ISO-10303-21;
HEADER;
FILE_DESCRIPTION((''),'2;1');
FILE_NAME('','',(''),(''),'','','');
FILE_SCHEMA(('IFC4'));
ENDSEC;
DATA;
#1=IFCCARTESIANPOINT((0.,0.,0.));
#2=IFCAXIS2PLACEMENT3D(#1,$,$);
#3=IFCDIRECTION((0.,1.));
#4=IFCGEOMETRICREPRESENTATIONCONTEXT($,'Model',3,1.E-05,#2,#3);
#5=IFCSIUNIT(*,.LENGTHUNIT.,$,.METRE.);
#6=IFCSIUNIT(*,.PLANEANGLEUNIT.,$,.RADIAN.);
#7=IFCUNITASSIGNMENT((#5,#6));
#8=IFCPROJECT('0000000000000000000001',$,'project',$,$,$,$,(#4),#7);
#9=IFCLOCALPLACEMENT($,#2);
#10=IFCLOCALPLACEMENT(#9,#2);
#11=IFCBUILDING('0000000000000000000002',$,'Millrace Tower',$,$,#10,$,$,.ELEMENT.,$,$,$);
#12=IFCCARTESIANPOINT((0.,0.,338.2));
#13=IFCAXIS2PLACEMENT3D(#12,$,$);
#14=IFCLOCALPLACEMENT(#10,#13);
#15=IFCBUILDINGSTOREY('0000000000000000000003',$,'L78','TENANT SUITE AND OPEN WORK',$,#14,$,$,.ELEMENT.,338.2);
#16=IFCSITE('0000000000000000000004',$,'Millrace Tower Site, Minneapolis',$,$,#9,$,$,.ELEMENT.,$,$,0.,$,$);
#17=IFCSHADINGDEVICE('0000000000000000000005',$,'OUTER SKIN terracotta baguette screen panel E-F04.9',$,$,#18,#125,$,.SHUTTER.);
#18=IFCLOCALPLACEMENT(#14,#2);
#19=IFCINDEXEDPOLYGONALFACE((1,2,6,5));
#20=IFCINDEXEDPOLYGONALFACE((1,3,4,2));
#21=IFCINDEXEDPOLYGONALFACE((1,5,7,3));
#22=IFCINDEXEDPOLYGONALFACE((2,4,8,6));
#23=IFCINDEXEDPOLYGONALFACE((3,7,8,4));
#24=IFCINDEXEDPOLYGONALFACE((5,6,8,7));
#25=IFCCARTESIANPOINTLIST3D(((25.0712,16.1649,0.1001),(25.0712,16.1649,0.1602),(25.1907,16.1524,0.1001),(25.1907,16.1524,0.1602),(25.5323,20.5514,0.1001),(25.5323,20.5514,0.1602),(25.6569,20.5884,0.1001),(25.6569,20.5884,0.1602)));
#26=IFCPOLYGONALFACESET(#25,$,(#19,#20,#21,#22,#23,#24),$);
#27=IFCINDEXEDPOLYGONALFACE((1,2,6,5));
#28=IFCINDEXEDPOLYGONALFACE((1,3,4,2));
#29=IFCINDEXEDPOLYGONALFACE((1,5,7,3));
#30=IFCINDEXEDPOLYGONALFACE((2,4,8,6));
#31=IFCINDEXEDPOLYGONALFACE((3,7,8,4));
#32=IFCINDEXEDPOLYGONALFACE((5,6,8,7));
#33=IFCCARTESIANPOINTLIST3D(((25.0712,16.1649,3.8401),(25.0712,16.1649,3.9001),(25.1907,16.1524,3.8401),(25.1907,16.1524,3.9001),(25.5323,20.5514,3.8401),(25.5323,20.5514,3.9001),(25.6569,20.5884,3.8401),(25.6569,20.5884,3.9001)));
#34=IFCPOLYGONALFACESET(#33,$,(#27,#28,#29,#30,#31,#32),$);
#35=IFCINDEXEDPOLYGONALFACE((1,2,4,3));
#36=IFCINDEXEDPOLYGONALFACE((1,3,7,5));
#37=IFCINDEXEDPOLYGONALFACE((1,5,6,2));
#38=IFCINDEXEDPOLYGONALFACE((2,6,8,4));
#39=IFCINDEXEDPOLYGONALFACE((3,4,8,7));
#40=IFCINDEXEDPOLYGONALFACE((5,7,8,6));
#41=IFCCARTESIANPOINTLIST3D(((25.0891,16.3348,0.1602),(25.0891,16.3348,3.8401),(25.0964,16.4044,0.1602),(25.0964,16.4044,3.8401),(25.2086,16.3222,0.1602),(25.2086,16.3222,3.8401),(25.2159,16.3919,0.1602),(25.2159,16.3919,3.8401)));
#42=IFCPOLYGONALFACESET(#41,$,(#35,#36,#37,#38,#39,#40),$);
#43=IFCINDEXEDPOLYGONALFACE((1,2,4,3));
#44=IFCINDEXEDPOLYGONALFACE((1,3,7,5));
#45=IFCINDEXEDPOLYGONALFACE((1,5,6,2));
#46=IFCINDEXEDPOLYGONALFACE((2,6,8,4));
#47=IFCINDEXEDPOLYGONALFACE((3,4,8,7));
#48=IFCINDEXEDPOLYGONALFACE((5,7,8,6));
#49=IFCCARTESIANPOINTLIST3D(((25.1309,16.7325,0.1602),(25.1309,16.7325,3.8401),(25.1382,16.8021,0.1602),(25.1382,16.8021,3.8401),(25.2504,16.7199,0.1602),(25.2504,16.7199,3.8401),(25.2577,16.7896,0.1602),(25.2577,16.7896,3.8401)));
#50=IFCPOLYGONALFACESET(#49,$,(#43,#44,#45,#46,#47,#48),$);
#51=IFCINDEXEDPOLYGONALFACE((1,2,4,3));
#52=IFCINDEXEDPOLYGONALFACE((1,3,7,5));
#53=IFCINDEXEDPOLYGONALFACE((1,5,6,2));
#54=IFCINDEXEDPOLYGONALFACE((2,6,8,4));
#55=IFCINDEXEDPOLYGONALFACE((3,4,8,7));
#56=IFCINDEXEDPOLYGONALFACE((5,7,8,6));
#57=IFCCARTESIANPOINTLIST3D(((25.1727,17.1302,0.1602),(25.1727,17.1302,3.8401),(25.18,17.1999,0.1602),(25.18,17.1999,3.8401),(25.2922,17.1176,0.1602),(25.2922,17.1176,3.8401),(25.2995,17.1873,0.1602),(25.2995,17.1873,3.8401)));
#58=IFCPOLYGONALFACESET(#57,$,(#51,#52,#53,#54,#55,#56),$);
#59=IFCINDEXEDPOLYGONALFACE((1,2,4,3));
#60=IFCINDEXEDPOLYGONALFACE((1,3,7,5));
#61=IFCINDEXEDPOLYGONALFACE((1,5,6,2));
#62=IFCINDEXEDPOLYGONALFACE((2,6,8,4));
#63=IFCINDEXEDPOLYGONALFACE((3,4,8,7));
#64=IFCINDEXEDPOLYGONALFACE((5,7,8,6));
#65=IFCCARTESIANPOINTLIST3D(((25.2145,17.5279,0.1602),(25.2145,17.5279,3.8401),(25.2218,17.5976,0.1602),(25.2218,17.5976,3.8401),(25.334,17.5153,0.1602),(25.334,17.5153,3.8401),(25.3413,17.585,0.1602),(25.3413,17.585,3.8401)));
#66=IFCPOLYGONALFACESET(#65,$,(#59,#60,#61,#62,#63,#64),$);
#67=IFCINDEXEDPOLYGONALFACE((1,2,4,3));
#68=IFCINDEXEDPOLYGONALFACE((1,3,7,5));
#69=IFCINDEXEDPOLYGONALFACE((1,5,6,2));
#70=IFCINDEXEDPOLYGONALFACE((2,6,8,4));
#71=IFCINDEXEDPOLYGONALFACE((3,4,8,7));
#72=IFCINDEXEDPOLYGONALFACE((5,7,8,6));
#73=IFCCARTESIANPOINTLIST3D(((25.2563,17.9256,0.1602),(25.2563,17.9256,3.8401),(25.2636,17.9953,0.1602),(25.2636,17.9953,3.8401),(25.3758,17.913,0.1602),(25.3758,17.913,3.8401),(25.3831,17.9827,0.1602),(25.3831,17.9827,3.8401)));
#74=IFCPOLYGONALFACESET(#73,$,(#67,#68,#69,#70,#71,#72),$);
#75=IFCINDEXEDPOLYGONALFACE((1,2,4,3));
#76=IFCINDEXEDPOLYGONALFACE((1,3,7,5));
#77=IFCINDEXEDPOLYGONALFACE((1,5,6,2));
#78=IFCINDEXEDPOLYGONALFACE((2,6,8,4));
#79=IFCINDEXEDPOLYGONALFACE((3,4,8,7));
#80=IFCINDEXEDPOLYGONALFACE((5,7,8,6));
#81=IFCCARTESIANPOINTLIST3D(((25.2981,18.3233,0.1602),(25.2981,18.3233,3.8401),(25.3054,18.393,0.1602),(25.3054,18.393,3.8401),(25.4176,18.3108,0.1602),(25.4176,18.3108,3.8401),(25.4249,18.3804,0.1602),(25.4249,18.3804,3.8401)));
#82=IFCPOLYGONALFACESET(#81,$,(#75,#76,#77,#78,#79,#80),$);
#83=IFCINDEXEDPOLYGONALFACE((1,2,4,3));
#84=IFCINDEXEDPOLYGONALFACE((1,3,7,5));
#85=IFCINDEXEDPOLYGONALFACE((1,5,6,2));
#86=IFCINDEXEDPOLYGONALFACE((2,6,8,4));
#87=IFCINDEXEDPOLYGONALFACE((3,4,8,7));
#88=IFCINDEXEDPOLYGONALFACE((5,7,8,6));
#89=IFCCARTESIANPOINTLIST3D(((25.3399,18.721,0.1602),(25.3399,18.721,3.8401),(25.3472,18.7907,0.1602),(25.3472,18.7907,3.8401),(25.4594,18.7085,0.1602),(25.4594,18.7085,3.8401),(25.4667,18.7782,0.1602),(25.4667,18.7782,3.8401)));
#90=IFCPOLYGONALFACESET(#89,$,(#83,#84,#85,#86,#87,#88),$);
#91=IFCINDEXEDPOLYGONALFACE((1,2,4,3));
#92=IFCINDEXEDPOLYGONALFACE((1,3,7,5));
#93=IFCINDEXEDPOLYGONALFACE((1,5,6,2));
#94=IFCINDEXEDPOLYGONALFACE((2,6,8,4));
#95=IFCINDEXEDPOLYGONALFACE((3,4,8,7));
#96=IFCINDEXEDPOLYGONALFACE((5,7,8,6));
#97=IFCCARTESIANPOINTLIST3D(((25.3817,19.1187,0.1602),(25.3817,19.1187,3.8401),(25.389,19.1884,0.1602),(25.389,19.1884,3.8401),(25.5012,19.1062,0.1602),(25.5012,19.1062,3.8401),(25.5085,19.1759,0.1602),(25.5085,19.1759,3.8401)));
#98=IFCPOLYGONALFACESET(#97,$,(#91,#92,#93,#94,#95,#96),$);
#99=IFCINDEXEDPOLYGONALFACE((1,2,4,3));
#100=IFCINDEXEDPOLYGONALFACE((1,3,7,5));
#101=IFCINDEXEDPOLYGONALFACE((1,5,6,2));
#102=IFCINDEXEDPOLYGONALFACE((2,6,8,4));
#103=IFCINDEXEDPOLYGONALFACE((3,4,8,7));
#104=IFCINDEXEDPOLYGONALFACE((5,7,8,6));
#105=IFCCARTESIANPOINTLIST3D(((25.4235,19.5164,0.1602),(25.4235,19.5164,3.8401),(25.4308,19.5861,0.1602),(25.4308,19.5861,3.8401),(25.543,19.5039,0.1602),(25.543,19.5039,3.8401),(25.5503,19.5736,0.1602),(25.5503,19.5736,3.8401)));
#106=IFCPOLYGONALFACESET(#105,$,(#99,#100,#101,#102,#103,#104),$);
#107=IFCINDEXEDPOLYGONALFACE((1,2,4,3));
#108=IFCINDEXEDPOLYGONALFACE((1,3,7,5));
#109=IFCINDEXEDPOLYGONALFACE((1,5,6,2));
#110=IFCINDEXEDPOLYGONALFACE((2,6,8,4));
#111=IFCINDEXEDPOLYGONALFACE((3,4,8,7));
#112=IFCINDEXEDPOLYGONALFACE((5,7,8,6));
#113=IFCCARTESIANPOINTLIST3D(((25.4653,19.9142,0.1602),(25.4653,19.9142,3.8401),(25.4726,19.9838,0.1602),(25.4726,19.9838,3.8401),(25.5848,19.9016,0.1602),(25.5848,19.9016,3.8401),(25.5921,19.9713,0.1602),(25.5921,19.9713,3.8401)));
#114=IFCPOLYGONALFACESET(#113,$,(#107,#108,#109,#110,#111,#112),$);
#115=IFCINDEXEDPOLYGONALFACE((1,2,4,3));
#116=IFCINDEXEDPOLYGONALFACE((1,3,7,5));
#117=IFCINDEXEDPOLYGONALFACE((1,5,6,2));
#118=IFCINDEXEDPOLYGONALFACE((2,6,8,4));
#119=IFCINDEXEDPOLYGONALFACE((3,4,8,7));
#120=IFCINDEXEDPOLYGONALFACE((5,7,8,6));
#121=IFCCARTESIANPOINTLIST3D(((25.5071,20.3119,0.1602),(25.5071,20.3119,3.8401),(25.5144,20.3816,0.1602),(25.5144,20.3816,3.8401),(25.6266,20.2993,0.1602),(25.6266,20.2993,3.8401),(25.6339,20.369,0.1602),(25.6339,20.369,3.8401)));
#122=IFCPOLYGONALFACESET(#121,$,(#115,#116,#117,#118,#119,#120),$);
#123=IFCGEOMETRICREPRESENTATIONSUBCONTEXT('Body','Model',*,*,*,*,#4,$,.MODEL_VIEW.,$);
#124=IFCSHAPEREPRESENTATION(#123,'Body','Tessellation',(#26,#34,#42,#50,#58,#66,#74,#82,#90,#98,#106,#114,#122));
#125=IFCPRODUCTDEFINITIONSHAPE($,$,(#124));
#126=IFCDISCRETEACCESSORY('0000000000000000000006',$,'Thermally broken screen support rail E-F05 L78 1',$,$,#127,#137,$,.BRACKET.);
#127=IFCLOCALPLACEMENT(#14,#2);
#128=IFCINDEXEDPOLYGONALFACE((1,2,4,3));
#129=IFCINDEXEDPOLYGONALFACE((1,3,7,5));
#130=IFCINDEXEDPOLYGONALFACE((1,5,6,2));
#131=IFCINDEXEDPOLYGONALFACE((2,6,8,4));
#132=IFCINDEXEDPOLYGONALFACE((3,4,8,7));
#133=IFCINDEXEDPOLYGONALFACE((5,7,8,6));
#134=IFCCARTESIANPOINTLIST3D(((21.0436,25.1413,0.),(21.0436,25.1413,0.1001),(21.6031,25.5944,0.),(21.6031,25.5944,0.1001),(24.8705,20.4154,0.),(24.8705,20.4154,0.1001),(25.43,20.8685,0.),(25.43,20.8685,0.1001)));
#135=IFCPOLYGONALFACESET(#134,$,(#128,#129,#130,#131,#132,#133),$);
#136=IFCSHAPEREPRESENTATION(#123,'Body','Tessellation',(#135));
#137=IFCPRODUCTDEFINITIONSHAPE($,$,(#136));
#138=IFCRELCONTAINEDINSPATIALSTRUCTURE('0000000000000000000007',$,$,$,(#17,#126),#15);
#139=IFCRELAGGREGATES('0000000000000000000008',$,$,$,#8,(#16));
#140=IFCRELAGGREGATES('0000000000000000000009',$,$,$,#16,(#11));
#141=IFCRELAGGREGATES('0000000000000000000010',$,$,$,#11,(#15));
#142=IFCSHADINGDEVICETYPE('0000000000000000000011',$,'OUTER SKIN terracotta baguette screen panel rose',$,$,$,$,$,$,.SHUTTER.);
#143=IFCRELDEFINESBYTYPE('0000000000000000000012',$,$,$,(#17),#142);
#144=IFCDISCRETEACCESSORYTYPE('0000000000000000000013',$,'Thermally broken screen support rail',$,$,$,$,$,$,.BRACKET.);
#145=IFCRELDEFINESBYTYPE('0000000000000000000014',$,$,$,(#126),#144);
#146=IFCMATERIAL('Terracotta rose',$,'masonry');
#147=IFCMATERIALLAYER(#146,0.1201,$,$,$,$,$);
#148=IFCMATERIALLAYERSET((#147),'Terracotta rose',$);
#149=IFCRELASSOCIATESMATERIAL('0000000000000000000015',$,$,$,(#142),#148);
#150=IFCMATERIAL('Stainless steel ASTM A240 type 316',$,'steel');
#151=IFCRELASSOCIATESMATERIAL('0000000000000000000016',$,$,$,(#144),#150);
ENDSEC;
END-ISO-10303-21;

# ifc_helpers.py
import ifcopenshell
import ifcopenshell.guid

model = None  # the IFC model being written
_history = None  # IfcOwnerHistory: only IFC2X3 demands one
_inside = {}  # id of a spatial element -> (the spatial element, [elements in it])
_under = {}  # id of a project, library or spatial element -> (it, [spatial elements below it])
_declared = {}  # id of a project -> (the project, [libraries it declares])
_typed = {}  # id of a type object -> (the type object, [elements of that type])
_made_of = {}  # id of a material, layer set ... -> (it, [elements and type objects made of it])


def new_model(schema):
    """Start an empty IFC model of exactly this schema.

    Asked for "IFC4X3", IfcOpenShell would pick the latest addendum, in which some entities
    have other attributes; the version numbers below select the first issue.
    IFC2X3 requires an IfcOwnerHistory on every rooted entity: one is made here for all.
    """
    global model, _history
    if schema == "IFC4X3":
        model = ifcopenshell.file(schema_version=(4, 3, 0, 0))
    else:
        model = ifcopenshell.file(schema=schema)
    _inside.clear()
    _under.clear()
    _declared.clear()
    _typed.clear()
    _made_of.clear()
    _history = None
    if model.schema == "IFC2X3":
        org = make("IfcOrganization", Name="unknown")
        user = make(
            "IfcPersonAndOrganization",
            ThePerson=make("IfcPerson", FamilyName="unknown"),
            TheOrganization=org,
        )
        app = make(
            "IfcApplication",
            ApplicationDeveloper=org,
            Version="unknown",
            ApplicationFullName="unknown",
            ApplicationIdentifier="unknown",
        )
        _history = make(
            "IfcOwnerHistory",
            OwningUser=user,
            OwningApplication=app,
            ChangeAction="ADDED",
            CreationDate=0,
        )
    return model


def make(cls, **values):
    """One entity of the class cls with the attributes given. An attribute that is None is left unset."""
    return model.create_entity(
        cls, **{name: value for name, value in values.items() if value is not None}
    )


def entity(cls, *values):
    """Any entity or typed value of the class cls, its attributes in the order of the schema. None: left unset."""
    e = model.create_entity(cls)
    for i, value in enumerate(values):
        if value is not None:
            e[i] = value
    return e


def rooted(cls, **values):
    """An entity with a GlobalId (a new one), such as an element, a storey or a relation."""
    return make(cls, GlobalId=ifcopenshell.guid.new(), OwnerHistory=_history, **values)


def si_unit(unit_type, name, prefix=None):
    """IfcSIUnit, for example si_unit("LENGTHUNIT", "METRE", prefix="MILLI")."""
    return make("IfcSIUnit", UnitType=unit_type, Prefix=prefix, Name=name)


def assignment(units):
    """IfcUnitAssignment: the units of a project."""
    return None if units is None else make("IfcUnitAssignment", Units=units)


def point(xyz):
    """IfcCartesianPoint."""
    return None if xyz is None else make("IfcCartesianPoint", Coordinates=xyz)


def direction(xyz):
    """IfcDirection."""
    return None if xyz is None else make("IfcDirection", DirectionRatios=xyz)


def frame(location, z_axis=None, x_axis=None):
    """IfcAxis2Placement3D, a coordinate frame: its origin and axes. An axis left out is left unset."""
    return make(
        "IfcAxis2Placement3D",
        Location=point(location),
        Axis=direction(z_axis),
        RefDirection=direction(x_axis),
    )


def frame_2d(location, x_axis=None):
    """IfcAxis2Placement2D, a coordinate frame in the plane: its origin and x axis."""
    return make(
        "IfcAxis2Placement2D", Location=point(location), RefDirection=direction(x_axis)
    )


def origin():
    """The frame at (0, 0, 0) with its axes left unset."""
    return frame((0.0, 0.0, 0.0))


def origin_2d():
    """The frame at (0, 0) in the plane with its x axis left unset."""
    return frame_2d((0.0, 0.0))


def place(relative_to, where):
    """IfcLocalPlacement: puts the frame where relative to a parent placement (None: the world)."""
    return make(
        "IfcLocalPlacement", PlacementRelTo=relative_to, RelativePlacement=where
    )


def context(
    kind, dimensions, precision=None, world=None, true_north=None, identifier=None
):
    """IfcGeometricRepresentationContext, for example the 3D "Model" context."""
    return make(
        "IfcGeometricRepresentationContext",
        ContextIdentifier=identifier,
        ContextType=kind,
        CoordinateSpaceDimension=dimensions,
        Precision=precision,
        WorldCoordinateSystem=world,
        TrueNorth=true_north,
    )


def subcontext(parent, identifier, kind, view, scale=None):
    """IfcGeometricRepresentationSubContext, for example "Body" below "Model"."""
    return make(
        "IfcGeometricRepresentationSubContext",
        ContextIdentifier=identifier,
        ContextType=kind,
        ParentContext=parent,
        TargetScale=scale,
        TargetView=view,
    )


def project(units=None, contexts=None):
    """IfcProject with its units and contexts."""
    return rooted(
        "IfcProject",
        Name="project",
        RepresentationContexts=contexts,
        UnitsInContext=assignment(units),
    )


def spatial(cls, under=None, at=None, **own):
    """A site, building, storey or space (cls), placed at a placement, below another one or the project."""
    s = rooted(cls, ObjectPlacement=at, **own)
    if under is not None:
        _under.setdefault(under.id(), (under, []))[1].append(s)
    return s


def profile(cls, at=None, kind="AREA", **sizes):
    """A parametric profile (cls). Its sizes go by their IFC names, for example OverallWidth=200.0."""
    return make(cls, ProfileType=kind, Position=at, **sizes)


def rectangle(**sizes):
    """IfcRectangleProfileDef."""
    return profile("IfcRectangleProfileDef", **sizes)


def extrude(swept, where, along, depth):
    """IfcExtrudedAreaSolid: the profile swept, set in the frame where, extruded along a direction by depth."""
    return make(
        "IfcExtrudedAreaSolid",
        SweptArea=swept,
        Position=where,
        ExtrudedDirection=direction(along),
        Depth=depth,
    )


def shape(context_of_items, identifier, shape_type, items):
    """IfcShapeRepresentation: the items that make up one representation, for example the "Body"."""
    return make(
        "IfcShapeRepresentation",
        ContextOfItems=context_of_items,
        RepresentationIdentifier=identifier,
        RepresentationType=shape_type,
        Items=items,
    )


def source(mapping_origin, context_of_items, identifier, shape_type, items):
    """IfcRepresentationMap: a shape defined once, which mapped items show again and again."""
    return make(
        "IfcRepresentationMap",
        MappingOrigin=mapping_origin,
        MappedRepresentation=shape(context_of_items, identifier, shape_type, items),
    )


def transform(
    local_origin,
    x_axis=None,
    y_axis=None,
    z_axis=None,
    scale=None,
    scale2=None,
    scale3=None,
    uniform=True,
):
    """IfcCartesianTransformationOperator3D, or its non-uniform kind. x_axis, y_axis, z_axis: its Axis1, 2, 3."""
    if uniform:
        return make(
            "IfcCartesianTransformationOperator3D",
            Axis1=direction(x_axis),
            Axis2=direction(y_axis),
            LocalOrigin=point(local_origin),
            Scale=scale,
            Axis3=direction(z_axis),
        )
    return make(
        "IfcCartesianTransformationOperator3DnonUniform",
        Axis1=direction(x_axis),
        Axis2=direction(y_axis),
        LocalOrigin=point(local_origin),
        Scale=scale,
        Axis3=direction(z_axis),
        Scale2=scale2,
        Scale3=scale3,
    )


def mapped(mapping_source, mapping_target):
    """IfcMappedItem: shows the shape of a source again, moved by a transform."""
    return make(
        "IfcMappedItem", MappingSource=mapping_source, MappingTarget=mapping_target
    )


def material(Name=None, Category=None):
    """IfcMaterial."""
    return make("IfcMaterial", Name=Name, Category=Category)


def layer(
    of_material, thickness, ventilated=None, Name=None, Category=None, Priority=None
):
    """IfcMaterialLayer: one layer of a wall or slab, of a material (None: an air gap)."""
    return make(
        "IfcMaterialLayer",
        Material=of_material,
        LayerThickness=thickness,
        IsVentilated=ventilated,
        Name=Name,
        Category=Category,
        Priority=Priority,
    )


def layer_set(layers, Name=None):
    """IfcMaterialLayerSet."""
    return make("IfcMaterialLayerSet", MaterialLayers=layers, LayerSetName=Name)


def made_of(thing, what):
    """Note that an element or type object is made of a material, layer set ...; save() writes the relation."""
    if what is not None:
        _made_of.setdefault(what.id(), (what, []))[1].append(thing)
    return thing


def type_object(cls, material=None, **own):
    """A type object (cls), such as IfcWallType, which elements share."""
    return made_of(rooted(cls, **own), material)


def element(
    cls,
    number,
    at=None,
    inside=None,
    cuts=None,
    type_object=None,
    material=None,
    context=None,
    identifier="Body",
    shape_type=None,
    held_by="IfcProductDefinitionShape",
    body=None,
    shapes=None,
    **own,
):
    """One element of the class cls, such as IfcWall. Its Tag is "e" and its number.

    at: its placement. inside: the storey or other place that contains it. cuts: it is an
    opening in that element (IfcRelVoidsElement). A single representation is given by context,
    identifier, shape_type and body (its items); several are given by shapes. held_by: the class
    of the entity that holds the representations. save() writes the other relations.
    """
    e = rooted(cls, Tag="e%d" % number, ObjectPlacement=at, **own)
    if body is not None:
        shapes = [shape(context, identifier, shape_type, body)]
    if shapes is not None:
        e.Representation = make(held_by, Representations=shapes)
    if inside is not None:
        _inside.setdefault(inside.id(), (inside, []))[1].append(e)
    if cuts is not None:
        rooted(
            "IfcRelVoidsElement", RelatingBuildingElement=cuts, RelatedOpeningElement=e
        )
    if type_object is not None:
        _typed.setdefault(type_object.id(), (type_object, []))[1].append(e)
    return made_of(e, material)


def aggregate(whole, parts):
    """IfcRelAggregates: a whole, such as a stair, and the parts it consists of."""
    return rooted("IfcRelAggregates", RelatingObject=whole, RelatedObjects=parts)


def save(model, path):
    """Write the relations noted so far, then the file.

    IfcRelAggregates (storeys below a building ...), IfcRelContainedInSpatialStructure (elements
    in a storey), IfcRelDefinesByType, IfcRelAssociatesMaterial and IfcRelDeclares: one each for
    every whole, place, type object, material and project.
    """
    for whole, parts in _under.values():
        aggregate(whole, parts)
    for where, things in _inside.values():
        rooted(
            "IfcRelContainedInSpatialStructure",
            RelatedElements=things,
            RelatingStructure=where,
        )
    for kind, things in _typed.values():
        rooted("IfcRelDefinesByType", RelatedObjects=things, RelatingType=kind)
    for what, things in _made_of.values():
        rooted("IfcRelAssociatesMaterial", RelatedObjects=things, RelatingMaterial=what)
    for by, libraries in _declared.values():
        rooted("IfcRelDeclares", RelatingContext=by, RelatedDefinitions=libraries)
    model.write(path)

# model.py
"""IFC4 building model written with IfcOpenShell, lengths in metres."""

from ifc_helpers import new_model, entity, si_unit, direction, frame, frame_2d, origin, origin_2d, place, context, subcontext, project, spatial, rectangle, extrude, source, transform, mapped, material, layer, layer_set, type_object, element, save


model = new_model("IFC4")

# Units and contexts
model_context = context("Model", 3, precision=1e-05, world=origin(), true_north=direction((0.0, 1.0)))
body_context = subcontext(model_context, "Body", "Model", "MODEL_VIEW")
ifc_project = project(units=[si_unit("LENGTHUNIT", "METRE"), si_unit("PLANEANGLEUNIT", "RADIAN")], contexts=[model_context])

# Site, building, storey
site_placement = place(None, origin())
site = spatial("IfcSite", under=ifc_project, at=site_placement, Name="Millrace Tower Site, Minneapolis", CompositionType="ELEMENT", RefElevation=0.0)
building_placement = place(site_placement, origin())
building = spatial("IfcBuilding", under=site, at=building_placement, Name="Millrace Tower", CompositionType="ELEMENT")
storey_placement = place(building_placement, frame((0.0, 0.0, 338.2)))
storey = spatial("IfcBuildingStorey", under=building, at=storey_placement, Name="L78", Description="TENANT SUITE AND OPEN WORK", CompositionType="ELEMENT", Elevation=338.2)

# Shading device
ifc_material_1 = material(Name="Terracotta rose", Category="masonry")
ifc_layer_1 = layer(ifc_material_1, 0.1201)
ifc_layer_set_1 = layer_set([ifc_layer_1], Name="Terracotta rose")
shading_device_type = type_object("IfcShadingDeviceType", Name="OUTER SKIN terracotta baguette screen panel rose", PredefinedType="SHUTTER", material=ifc_layer_set_1)
cartesian_point_1 = entity("IfcCartesianPoint", [-2.2178, 0.0601])
shared_polyline_1 = entity("IfcPolyline", [cartesian_point_1, entity("IfcCartesianPoint", [2.1929, 0.0601]), entity("IfcCartesianPoint", [2.2427, -0.0601]), entity("IfcCartesianPoint", [-2.2178, -0.0601]), cartesian_point_1])
shared_shape_1 = source(origin(), body_context, "Body", "SweptSolid", [
    entity("IfcExtrudedAreaSolid", entity("IfcArbitraryClosedProfileDef", "AREA", None, shared_polyline_1), entity("IfcAxis2Placement3D", entity("IfcCartesianPoint", [0.0, 0.0, 0.0])), entity("IfcDirection", [0.0, 0.0, 1.0]), 0.0601),
    entity("IfcExtrudedAreaSolid", entity("IfcArbitraryClosedProfileDef", "AREA", None, shared_polyline_1), entity("IfcAxis2Placement3D", entity("IfcCartesianPoint", [0.0, 0.0, 3.74])), entity("IfcDirection", [0.0, 0.0, 1.0]), 0.0601),
    extrude(rectangle(XDim=0.0701, YDim=0.1201, at=frame_2d((-2.012, 0.0))), frame((0.0, 0.0, 0.0601)), (0.0, 0.0, 1.0), 3.6799),
    extrude(rectangle(XDim=0.0701, YDim=0.1201, at=frame_2d((-1.6121, 0.0))), frame((0.0, 0.0, 0.0601)), (0.0, 0.0, 1.0), 3.6799),
    extrude(rectangle(XDim=0.0701, YDim=0.1201, at=frame_2d((-1.2122, 0.0))), frame((0.0, 0.0, 0.0601)), (0.0, 0.0, 1.0), 3.6799),
    extrude(rectangle(XDim=0.0701, YDim=0.1201, at=frame_2d((-0.8123, 0.0))), frame((0.0, 0.0, 0.0601)), (0.0, 0.0, 1.0), 3.6799),
    extrude(rectangle(XDim=0.0701, YDim=0.1201, at=frame_2d((-0.4124, 0.0))), frame((0.0, 0.0, 0.0601)), (0.0, 0.0, 1.0), 3.6799),
    extrude(rectangle(XDim=0.0701, YDim=0.1201, at=frame_2d((-0.0125, 0.0))), frame((0.0, 0.0, 0.0601)), (0.0, 0.0, 1.0), 3.6799),
    extrude(rectangle(XDim=0.0701, YDim=0.1201, at=frame_2d((0.3875, 0.0))), frame((0.0, 0.0, 0.0601)), (0.0, 0.0, 1.0), 3.6799),
    extrude(rectangle(XDim=0.0701, YDim=0.1201, at=frame_2d((0.7874, 0.0))), frame((0.0, 0.0, 0.0601)), (0.0, 0.0, 1.0), 3.6799),
    extrude(rectangle(XDim=0.0701, YDim=0.1201, at=frame_2d((1.1873, 0.0))), frame((0.0, 0.0, 0.0601)), (0.0, 0.0, 1.0), 3.6799),
    extrude(rectangle(XDim=0.0701, YDim=0.1201, at=frame_2d((1.5872, 0.0))), frame((0.0, 0.0, 0.0601)), (0.0, 0.0, 1.0), 3.6799),
    extrude(rectangle(XDim=0.0701, YDim=0.1201, at=frame_2d((1.9871, 0.0))), frame((0.0, 0.0, 0.0601)), (0.0, 0.0, 1.0), 3.6799),
])
shading_device_1_placement = place(storey_placement, frame((25.3628, 18.3643, 0.1001), z_axis=(0.0, 0.0, 1.0), x_axis=(0.104528, 0.994522, 0.0)))
element("IfcShadingDevice", 1, at=shading_device_1_placement, inside=storey, type_object=shading_device_type, Name="OUTER SKIN terracotta baguette screen panel E-F04.9", PredefinedType="SHUTTER", context=body_context, shape_type="MappedRepresentation", body=[
    mapped(shared_shape_1, transform((0.0, 0.0, 0.0), scale=1.0)),
])

# Discrete accessory
ifc_material_2 = material(Name="Stainless steel ASTM A240 type 316", Category="steel")
discrete_accessory_type = type_object("IfcDiscreteAccessoryType", Name="Thermally broken screen support rail", PredefinedType="BRACKET", material=ifc_material_2)
discrete_accessory_placement = place(storey_placement, frame((23.2368, 23.0049, 0.0), z_axis=(0.0, 0.0, 1.0), x_axis=(-0.62932, 0.777146, 0.0)))
element("IfcDiscreteAccessory", 2, at=discrete_accessory_placement, inside=storey, type_object=discrete_accessory_type, Name="Thermally broken screen support rail E-F05 L78 1", PredefinedType="BRACKET", context=body_context, shape_type="SweptSolid", body=[
    extrude(rectangle(XDim=6.0811, YDim=0.72, at=origin_2d()), origin(), (0.0, 0.0, 1.0), 0.1001),
])

save(model, "model.ifc")
